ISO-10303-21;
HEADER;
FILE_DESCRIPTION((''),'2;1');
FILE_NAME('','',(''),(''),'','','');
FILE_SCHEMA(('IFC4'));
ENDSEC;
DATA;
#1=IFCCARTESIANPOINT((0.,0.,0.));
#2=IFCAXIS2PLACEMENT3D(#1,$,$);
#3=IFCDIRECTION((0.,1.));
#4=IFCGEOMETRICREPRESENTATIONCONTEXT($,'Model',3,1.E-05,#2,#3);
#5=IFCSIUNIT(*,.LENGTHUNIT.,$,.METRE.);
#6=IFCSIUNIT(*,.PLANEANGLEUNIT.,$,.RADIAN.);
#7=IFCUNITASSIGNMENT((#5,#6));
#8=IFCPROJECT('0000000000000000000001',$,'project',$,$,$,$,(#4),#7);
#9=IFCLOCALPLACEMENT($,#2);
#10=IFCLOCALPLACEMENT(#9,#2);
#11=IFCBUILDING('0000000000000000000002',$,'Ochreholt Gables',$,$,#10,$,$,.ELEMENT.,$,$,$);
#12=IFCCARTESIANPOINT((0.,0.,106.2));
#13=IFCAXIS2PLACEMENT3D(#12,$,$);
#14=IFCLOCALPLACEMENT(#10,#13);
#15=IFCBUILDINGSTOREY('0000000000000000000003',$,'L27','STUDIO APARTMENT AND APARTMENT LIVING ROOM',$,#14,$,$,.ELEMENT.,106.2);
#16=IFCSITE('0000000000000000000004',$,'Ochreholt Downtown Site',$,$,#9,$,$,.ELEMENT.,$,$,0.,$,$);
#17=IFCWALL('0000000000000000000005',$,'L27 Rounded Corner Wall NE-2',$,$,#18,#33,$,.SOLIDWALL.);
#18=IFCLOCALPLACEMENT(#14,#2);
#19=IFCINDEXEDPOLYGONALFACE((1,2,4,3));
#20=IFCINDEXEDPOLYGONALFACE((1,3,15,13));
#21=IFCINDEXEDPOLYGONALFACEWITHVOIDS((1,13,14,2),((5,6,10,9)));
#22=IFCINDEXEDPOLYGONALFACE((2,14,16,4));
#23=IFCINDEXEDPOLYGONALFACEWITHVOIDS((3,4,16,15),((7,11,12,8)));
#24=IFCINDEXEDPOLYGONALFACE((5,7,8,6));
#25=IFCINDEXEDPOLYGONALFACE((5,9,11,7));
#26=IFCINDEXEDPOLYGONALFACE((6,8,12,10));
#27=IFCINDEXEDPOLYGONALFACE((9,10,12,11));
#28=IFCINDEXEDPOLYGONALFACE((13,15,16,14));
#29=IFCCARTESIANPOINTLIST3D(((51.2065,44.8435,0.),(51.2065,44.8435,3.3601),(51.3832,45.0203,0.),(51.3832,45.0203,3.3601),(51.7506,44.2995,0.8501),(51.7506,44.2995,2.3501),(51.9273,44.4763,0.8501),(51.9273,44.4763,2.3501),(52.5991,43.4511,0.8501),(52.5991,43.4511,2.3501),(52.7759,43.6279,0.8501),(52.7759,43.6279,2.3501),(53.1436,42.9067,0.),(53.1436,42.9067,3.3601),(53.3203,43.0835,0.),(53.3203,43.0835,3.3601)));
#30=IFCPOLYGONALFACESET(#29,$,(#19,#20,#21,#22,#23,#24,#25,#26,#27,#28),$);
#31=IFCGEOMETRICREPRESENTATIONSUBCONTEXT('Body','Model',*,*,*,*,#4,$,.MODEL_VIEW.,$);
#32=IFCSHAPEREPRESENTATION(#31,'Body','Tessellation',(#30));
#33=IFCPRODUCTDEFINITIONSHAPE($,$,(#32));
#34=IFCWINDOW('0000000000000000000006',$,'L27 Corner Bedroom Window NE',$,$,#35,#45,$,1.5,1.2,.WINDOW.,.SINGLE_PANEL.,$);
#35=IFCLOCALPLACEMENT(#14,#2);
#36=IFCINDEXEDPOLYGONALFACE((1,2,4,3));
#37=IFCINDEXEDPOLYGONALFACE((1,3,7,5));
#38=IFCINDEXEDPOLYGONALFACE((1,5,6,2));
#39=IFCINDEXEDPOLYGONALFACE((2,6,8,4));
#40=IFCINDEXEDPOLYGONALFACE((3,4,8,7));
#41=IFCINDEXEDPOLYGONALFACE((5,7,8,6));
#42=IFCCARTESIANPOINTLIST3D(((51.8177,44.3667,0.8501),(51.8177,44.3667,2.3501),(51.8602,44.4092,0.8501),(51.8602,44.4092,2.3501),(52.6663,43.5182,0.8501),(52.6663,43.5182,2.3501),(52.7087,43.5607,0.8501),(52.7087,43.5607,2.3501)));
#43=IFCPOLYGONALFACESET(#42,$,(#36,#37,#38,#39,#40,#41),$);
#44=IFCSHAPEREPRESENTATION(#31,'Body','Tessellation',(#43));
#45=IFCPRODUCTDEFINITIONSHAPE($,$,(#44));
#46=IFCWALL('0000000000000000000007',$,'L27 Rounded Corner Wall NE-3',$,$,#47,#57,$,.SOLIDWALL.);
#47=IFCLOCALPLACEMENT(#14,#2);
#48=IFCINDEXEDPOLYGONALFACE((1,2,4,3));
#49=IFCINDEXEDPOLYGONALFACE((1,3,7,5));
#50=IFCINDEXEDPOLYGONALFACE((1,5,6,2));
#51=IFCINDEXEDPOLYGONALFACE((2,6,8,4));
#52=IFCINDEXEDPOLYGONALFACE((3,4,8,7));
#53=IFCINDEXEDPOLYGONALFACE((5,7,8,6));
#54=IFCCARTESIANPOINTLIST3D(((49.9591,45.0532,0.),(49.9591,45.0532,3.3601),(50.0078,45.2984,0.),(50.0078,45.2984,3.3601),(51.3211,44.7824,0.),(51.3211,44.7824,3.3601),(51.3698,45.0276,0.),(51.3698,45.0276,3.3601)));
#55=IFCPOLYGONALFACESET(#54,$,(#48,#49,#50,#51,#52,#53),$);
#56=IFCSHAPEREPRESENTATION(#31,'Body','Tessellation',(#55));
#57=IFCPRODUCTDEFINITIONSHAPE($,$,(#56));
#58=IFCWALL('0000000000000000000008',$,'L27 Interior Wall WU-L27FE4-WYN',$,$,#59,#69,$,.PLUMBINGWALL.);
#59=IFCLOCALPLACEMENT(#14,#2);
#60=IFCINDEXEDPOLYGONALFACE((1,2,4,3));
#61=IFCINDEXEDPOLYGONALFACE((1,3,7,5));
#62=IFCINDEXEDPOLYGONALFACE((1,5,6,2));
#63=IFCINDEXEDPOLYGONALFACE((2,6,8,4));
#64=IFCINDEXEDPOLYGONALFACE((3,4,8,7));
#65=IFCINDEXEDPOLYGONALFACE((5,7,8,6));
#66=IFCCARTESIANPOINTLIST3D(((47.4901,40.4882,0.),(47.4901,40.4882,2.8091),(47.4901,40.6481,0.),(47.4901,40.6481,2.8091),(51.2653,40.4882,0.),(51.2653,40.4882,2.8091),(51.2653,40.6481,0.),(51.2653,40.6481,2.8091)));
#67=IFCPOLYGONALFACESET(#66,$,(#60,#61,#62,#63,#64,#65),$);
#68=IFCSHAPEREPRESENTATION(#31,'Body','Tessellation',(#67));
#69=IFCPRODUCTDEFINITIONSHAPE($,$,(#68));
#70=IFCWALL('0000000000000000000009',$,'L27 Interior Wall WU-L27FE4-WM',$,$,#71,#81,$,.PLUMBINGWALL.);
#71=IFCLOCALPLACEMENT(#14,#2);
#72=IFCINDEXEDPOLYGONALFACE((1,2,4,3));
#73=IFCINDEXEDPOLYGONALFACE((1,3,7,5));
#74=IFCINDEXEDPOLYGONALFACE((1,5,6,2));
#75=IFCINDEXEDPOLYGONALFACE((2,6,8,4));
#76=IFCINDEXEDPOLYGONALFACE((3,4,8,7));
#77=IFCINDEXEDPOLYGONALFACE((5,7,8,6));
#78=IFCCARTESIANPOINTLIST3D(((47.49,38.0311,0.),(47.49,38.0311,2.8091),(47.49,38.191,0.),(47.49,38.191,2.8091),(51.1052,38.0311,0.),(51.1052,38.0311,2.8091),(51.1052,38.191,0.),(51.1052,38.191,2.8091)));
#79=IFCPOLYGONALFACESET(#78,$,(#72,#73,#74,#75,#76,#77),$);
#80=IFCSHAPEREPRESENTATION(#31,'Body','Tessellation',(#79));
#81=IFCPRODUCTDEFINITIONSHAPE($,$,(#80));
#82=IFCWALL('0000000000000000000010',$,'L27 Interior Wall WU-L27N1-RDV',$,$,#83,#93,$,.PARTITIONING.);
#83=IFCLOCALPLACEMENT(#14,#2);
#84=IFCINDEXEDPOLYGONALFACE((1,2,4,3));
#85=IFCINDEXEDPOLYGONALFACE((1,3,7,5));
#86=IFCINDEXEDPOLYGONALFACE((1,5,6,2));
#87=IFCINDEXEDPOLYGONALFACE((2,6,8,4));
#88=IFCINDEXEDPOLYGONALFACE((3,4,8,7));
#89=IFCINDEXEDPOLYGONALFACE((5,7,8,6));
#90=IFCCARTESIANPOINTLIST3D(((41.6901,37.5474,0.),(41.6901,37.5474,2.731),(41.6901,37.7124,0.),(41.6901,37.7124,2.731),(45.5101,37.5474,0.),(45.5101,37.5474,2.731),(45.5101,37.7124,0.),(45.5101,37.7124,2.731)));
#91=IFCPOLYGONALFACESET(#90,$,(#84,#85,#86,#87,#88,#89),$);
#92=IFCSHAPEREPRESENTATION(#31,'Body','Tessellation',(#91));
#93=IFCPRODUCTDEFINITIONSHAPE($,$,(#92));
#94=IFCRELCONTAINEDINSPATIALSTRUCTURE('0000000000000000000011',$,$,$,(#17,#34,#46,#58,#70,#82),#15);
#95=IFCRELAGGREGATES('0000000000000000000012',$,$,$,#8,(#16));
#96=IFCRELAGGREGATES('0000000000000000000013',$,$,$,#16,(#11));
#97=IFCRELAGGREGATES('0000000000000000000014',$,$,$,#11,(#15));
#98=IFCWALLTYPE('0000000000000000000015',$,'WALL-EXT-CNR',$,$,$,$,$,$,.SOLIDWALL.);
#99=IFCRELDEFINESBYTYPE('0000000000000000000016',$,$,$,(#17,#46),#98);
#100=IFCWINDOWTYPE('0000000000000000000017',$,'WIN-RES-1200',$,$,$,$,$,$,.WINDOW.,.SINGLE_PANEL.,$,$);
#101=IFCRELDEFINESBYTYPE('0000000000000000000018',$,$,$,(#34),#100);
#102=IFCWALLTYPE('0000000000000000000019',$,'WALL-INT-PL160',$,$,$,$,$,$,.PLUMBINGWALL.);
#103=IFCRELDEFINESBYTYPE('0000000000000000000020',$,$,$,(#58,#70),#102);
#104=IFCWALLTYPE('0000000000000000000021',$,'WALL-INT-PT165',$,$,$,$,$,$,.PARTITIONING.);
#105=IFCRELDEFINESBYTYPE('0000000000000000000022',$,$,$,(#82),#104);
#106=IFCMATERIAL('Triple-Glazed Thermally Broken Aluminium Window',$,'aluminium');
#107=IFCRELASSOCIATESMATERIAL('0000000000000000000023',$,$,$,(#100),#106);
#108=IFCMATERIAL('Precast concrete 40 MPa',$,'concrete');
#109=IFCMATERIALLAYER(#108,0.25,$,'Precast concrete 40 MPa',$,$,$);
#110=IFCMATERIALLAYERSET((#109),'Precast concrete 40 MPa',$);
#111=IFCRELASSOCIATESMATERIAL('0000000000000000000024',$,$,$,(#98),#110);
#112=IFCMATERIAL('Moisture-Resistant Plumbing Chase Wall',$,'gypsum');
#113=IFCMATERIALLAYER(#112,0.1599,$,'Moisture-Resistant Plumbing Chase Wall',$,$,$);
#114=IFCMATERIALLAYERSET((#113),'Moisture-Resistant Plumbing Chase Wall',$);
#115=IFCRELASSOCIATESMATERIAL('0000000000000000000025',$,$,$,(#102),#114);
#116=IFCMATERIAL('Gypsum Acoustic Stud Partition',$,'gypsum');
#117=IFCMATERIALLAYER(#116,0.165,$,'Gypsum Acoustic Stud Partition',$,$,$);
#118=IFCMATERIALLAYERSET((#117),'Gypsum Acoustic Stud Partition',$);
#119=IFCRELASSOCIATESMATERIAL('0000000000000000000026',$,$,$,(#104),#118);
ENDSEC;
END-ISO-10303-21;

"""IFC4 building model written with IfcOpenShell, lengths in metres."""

from ifc_helpers import new_model, si_unit, direction, frame, frame_2d, origin, place, context, subcontext, project, spatial, rectangle, extrude, material, layer, layer_set, type_object, element, fill, save


model = new_model("IFC4")

# Units and contexts
model_context = context("Model", 3, precision=1e-05, world=origin(), true_north=direction((0.0, 1.0)))
body_context = subcontext(model_context, "Body", "Model", "MODEL_VIEW")
ifc_project = project(units=[si_unit("LENGTHUNIT", "METRE"), si_unit("PLANEANGLEUNIT", "RADIAN")], contexts=[model_context])

# Site, building, storey
site_placement = place(None, origin())
site = spatial("IfcSite", under=ifc_project, at=site_placement, Name="Ochreholt Downtown Site", CompositionType="ELEMENT", RefElevation=0.0)
building_placement = place(site_placement, origin())
building = spatial("IfcBuilding", under=site, at=building_placement, Name="Ochreholt Gables", CompositionType="ELEMENT")
storey_placement = place(building_placement, frame((0.0, 0.0, 106.2)))
storey = spatial("IfcBuildingStorey", under=building, at=storey_placement, Name="L27", Description="STUDIO APARTMENT AND APARTMENT LIVING ROOM", CompositionType="ELEMENT", Elevation=106.2)

# Shared definitions
ifc_material_1 = material(Name="Precast concrete 40 MPa", Category="concrete")
ifc_material_2 = material(Name="Triple-Glazed Thermally Broken Aluminium Window", Category="aluminium")
window_type_1 = type_object("IfcWindowType", Name="WIN-RES-1200", PartitioningType="SINGLE_PANEL", PredefinedType="WINDOW", material=ifc_material_2)

# Shared definitions
ifc_layer_1 = layer(ifc_material_1, 0.25, Name="Precast concrete 40 MPa")
ifc_layer_set_1 = layer_set([ifc_layer_1], Name="Precast concrete 40 MPa")
wall_type_1 = type_object("IfcWallType", Name="WALL-EXT-CNR", PredefinedType="SOLIDWALL", material=ifc_layer_set_1)

# Wall, opening, window
wall_1_placement = place(storey_placement, frame((53.2319, 42.9951, 0.0), z_axis=(0.0, 0.0, 1.0), x_axis=(-0.707151, 0.707062, 0.0)))
wall_1 = element("IfcWall", 1, at=wall_1_placement, inside=storey, type_object=wall_type_1, Name="L27 Rounded Corner Wall NE-2", PredefinedType="SOLIDWALL", context=body_context, shape_type="SweptSolid", body=[
    extrude(rectangle(XDim=2.7393, YDim=0.25, at=frame_2d((1.3696, 0.0))), origin(), (0.0, 0.0, 1.0), 3.3601),
])
opening_1_placement = place(wall_1_placement, frame((0.7698, 0.0, 0.8501)))
opening_1 = element("IfcOpeningElement", 2, at=opening_1_placement, cuts=wall_1, PredefinedType="OPENING", context=body_context, shape_type="SweptSolid", body=[
    extrude(rectangle(XDim=1.2, YDim=1.5, at=frame_2d((0.6001, 0.75))), frame((0.0, 0.135, 0.0), z_axis=(0.0, -1.0, 0.0), x_axis=(1.0, 0.0, 0.0)), (0.0, 0.0, 1.0), 0.27),
])
window_1_placement = place(opening_1_placement, origin())
window_1 = element("IfcWindow", 3, at=window_1_placement, inside=storey, type_object=window_type_1, Name="L27 Corner Bedroom Window NE", OverallHeight=1.5, OverallWidth=1.2, PartitioningType="SINGLE_PANEL", PredefinedType="WINDOW", context=body_context, shape_type="SweptSolid", body=[
    extrude(rectangle(XDim=1.2, YDim=1.5, at=frame_2d((0.6001, 0.75))), frame((0.0, 0.03, 0.0), z_axis=(0.0, -1.0, 0.0), x_axis=(1.0, 0.0, 0.0)), (0.0, 0.0, 1.0), 0.0601),
])
fill(opening_1, window_1)

# Walls
wall_2_placement = place(storey_placement, frame((51.3455, 44.905, 0.0), z_axis=(0.0, 0.0, 1.0), x_axis=(-0.98081, 0.194967, 0.0)))
element("IfcWall", 4, at=wall_2_placement, inside=storey, type_object=wall_type_1, Name="L27 Rounded Corner Wall NE-3", PredefinedType="SOLIDWALL", context=body_context, shape_type="SweptSolid", body=[
    extrude(rectangle(XDim=1.3887, YDim=0.25, at=frame_2d((0.6943, 0.0))), origin(), (0.0, 0.0, 1.0), 3.3601),
])
ifc_material_3 = material(Name="Moisture-Resistant Plumbing Chase Wall", Category="gypsum")
ifc_layer_2 = layer(ifc_material_3, 0.1599, Name="Moisture-Resistant Plumbing Chase Wall")
ifc_layer_set_2 = layer_set([ifc_layer_2], Name="Moisture-Resistant Plumbing Chase Wall")
wall_type_2 = type_object("IfcWallType", Name="WALL-INT-PL160", PredefinedType="PLUMBINGWALL", material=ifc_layer_set_2)
wall_3_placement = place(storey_placement, frame((47.49, 40.5681, 0.0), z_axis=(0.0, 0.0, 1.0), x_axis=(1.0, 0.0, 0.0)))
element("IfcWall", 5, at=wall_3_placement, inside=storey, type_object=wall_type_2, Name="L27 Interior Wall WU-L27FE4-WYN", PredefinedType="PLUMBINGWALL", context=body_context, shape_type="SweptSolid", body=[
    extrude(rectangle(XDim=3.7751, YDim=0.1599, at=frame_2d((1.8877, 0.0))), origin(), (0.0, 0.0, 1.0), 2.8091),
])

# Walls
wall_4_placement = place(storey_placement, frame((47.49, 38.1111, 0.0), z_axis=(0.0, 0.0, 1.0), x_axis=(1.0, 0.0, 0.0)))
element("IfcWall", 6, at=wall_4_placement, inside=storey, type_object=wall_type_2, Name="L27 Interior Wall WU-L27FE4-WM", PredefinedType="PLUMBINGWALL", context=body_context, shape_type="SweptSolid", body=[
    extrude(rectangle(XDim=3.6152, YDim=0.1599, at=frame_2d((1.8076, 0.0))), origin(), (0.0, 0.0, 1.0), 2.8091),
])
ifc_material_4 = material(Name="Gypsum Acoustic Stud Partition", Category="gypsum")
ifc_layer_3 = layer(ifc_material_4, 0.165, Name="Gypsum Acoustic Stud Partition")
ifc_layer_set_3 = layer_set([ifc_layer_3], Name="Gypsum Acoustic Stud Partition")
wall_type_3 = type_object("IfcWallType", Name="WALL-INT-PT165", PredefinedType="PARTITIONING", material=ifc_layer_set_3)
wall_5_placement = place(storey_placement, frame((41.6899, 37.6299, 0.0), z_axis=(0.0, 0.0, 1.0), x_axis=(1.0, 0.0, 0.0)))
element("IfcWall", 7, at=wall_5_placement, inside=storey, type_object=wall_type_3, Name="L27 Interior Wall WU-L27N1-RDV", PredefinedType="PARTITIONING", context=body_context, shape_type="SweptSolid", body=[
    extrude(rectangle(XDim=3.8201, YDim=0.165, at=frame_2d((1.9102, 0.0))), origin(), (0.0, 0.0, 1.0), 2.731),
])

save(model, "model.ifc")
